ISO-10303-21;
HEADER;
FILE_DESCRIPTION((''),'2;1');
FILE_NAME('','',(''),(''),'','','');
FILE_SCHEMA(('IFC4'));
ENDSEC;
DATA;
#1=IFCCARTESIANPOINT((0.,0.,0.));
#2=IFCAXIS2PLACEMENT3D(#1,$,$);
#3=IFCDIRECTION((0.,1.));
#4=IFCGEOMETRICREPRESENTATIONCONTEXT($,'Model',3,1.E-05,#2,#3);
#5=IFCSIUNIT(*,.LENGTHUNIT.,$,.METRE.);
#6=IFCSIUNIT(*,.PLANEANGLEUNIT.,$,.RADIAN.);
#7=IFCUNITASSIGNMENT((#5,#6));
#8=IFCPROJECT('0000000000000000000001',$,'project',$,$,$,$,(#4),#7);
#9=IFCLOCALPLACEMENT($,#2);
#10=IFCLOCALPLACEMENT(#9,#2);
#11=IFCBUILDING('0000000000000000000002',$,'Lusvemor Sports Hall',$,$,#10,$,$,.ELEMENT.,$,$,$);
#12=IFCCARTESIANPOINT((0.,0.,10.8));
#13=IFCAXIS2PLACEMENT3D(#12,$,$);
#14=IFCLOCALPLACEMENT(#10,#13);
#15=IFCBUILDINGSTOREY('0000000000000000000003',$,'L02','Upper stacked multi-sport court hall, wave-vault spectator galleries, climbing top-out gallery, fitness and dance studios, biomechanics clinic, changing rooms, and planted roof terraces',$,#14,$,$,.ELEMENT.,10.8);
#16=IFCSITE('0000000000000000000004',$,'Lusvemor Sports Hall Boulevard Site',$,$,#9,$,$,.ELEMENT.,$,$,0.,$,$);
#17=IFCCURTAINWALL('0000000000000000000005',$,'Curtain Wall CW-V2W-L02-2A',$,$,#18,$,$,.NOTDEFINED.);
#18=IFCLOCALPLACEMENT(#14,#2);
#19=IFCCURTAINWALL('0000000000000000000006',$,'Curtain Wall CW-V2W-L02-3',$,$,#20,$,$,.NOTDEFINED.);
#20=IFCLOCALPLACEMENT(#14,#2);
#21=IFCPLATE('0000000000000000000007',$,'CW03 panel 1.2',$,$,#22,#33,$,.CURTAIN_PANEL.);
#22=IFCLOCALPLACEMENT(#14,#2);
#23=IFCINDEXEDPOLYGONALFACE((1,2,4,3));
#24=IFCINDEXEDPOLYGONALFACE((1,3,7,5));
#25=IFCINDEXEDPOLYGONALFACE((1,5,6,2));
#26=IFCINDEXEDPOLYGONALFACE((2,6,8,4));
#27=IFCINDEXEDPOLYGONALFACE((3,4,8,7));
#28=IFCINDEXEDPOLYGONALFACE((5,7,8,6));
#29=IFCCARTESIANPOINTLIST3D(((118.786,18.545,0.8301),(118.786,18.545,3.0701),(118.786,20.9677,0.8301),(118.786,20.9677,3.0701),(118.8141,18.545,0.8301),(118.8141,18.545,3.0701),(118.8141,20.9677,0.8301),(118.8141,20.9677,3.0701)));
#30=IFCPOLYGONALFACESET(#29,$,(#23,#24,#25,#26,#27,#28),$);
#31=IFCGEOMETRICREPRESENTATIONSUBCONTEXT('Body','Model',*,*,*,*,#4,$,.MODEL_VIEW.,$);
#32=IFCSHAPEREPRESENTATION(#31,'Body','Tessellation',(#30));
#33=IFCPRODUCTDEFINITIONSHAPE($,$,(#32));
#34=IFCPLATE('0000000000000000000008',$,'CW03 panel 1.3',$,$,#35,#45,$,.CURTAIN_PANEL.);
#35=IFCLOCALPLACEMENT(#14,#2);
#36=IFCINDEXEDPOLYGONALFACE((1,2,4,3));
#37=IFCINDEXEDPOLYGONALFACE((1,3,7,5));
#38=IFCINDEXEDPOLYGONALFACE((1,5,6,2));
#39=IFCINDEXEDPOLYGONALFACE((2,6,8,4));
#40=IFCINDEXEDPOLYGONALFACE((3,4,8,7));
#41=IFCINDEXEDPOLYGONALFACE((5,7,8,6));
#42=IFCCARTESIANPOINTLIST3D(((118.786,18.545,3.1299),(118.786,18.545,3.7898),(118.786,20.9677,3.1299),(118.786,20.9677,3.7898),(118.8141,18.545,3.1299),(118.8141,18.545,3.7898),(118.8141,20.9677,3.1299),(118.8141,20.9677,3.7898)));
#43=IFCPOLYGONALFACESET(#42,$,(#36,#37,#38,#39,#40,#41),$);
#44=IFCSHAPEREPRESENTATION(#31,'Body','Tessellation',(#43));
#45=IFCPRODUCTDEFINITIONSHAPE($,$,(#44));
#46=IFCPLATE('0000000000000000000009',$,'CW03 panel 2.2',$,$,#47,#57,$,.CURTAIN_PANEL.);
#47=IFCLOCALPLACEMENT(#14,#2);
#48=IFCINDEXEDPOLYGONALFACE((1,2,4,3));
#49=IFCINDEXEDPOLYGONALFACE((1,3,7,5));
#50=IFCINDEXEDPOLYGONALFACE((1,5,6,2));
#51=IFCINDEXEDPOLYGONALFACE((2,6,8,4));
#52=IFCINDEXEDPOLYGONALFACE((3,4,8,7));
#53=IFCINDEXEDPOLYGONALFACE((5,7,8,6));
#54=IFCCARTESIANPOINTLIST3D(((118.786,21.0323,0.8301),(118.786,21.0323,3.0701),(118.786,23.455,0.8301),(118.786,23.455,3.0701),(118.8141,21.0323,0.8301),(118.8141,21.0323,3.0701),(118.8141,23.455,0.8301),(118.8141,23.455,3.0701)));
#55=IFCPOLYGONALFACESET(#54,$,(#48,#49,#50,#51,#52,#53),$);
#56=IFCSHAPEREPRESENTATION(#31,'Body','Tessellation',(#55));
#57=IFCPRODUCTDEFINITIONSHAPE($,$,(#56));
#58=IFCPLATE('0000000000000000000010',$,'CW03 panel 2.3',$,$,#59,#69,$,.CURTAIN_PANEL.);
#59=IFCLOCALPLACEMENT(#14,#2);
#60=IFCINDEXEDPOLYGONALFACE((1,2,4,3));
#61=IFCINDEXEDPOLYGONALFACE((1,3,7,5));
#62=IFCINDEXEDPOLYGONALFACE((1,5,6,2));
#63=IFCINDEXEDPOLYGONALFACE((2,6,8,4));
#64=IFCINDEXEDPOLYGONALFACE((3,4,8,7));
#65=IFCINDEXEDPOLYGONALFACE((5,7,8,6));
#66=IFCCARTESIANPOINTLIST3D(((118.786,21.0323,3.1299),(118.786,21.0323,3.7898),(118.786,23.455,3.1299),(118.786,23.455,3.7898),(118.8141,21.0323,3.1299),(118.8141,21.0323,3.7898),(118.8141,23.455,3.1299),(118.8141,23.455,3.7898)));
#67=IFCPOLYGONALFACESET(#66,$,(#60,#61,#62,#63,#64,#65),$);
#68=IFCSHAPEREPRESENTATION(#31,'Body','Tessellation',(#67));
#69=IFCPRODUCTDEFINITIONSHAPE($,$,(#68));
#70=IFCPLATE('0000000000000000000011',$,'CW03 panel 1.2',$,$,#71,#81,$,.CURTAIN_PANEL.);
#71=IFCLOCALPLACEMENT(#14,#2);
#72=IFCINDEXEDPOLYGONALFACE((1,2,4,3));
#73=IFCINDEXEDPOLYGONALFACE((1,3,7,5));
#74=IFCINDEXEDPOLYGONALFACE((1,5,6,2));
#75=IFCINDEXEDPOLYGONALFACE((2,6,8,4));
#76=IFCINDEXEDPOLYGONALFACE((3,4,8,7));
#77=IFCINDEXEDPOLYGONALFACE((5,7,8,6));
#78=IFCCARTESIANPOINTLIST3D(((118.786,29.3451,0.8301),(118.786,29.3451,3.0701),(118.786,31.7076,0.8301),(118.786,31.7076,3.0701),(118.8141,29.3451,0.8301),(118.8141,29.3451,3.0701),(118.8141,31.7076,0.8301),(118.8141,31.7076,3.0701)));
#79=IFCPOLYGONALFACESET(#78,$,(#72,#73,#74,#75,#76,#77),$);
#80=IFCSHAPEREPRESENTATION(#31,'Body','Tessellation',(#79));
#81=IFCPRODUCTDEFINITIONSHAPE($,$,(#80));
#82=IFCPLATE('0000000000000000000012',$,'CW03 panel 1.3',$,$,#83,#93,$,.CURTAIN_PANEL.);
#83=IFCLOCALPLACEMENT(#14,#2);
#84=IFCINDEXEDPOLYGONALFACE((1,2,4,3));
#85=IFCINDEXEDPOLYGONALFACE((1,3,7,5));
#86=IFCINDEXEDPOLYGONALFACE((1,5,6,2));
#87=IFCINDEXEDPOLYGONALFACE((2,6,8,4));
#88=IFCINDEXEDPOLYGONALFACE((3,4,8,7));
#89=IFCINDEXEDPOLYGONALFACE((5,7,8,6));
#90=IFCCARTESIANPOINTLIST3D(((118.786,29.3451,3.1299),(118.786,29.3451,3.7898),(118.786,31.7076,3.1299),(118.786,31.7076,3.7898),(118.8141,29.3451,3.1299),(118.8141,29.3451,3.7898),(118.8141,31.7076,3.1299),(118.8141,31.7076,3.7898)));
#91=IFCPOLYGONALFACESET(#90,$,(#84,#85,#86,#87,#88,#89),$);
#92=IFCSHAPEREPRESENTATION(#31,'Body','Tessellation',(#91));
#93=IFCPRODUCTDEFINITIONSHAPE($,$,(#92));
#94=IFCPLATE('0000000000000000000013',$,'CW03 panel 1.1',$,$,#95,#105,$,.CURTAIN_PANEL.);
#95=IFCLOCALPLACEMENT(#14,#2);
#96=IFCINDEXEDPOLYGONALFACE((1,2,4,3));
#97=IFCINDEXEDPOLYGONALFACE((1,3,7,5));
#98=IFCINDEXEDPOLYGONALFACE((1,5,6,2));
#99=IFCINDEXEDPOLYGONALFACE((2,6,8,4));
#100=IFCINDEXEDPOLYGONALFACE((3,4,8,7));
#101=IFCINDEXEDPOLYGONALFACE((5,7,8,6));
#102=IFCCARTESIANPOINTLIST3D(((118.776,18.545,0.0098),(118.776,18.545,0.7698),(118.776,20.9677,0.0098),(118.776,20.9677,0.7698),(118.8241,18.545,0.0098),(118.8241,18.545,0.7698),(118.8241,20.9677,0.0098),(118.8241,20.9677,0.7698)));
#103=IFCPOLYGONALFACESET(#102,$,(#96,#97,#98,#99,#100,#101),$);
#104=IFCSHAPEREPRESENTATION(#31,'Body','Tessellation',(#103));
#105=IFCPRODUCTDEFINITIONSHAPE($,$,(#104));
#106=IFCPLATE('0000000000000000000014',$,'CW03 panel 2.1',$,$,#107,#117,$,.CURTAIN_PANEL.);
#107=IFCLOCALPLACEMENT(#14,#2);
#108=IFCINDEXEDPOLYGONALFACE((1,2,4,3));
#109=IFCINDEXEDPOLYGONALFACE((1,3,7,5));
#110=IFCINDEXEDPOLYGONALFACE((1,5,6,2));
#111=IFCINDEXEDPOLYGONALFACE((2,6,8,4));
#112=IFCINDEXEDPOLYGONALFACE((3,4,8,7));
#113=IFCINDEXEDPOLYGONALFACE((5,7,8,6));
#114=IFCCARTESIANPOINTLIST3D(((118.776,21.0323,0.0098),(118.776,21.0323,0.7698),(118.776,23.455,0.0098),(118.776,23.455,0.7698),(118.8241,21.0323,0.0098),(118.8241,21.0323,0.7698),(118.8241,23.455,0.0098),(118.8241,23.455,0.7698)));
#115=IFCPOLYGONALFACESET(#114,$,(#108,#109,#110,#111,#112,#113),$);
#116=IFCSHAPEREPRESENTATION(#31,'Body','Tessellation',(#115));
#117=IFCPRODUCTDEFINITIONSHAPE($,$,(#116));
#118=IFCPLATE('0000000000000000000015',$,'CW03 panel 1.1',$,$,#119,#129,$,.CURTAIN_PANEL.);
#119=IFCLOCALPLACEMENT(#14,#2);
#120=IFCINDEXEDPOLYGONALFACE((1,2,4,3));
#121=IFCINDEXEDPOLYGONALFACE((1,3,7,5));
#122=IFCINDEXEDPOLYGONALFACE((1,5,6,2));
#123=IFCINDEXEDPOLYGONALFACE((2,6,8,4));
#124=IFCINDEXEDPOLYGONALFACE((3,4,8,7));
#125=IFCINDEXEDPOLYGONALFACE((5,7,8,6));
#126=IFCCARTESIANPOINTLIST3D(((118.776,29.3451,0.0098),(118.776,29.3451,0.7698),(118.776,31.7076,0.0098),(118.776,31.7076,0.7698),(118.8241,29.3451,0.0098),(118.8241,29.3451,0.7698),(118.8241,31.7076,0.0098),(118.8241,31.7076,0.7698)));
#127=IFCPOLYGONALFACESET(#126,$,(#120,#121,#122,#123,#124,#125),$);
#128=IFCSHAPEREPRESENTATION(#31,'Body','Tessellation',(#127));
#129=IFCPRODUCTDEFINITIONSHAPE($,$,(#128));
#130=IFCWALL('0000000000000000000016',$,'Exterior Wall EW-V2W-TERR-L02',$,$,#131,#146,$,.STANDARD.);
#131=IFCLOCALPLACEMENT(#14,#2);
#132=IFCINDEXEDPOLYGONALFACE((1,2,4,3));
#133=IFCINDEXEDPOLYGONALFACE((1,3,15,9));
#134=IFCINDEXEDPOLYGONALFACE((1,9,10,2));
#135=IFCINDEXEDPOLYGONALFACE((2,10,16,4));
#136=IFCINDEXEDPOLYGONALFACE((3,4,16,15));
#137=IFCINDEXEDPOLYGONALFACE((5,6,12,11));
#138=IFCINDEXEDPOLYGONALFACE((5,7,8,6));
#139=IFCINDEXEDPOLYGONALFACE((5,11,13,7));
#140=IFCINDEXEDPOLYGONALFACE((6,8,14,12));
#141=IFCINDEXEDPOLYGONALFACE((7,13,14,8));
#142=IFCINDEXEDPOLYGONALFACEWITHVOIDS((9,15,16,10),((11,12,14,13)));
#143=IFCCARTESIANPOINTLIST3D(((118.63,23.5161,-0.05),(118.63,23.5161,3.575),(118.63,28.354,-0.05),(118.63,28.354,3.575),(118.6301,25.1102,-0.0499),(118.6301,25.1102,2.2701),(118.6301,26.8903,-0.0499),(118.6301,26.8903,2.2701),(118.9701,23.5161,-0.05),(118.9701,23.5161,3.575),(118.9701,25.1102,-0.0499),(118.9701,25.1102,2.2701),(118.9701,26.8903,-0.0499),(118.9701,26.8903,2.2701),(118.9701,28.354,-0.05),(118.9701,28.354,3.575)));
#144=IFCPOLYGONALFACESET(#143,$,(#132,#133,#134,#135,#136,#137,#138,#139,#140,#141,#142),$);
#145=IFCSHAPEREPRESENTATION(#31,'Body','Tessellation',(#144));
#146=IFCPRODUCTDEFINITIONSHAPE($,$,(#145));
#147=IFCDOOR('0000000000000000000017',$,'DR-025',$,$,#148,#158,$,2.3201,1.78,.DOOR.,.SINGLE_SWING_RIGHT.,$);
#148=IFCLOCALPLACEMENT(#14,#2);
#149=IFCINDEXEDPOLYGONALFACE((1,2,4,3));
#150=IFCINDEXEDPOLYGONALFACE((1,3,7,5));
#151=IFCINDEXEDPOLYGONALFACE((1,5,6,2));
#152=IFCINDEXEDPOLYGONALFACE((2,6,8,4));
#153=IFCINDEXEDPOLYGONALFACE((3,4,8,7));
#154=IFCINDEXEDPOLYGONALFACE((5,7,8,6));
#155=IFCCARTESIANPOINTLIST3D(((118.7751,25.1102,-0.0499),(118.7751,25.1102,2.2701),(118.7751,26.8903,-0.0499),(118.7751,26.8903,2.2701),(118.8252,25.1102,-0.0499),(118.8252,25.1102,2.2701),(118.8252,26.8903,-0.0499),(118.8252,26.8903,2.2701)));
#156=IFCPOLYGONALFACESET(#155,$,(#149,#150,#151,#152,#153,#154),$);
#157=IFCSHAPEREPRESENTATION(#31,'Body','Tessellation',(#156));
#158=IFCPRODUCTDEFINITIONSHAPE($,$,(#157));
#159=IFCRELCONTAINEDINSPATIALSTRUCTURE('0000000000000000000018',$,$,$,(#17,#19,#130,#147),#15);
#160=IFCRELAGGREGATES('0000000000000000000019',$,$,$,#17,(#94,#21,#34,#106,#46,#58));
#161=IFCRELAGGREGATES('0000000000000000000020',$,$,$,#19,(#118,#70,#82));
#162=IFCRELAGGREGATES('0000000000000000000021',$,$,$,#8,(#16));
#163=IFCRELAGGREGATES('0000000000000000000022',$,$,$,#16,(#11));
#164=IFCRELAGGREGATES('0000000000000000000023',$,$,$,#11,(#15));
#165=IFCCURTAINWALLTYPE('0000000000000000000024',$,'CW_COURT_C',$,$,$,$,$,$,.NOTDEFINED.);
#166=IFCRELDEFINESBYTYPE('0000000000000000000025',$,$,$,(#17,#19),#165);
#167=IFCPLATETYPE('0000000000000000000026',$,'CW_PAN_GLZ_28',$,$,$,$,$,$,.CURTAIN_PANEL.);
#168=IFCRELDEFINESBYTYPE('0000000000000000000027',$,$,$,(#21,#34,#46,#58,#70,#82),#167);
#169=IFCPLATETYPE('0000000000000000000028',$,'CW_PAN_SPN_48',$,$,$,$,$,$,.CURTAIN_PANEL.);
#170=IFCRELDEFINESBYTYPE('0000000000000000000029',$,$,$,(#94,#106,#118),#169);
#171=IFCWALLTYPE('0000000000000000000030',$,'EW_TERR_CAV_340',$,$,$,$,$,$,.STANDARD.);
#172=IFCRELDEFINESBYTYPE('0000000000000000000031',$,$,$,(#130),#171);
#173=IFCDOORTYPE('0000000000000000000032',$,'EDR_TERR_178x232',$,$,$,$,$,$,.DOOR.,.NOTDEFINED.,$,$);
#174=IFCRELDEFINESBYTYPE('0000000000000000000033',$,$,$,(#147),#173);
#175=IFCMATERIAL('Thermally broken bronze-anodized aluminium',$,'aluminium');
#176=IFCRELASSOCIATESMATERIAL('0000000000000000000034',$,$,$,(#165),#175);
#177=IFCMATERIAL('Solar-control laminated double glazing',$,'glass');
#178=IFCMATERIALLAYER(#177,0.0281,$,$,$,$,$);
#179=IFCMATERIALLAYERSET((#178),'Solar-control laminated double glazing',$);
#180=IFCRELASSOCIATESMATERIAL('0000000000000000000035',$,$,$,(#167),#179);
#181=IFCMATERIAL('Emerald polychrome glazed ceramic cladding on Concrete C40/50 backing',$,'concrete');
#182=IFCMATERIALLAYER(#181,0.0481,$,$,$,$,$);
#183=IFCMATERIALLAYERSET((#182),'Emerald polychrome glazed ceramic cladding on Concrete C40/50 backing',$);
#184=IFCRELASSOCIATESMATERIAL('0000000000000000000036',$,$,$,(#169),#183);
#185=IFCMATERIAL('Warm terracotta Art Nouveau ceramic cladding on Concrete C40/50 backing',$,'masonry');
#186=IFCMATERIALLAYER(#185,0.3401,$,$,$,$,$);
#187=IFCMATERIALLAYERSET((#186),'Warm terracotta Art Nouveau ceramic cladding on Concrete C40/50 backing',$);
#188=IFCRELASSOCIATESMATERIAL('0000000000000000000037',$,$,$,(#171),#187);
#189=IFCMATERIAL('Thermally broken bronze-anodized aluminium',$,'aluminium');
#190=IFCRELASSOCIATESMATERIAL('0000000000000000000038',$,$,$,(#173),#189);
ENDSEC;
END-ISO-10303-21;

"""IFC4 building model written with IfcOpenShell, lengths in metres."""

from ifc_helpers import new_model, si_unit, direction, frame, frame_2d, origin, origin_2d, place, context, subcontext, project, spatial, rectangle, extrude, material, layer, layer_set, type_object, element, fill, aggregate, save


model = new_model("IFC4")

# Units and contexts
model_context = context("Model", 3, precision=1e-05, world=origin(), true_north=direction((0.0, 1.0)))
body_context = subcontext(model_context, "Body", "Model", "MODEL_VIEW")
ifc_project = project(units=[si_unit("LENGTHUNIT", "METRE"), si_unit("PLANEANGLEUNIT", "RADIAN")], contexts=[model_context])

# Site, building, storey
site_placement = place(None, origin())
site = spatial("IfcSite", under=ifc_project, at=site_placement, Name="Lusvemor Sports Hall Boulevard Site", CompositionType="ELEMENT", RefElevation=0.0)
building_placement = place(site_placement, origin())
building = spatial("IfcBuilding", under=site, at=building_placement, Name="Lusvemor Sports Hall", CompositionType="ELEMENT")
storey_placement = place(building_placement, frame((0.0, 0.0, 10.8)))
storey = spatial("IfcBuildingStorey", under=building, at=storey_placement, Name="L02", Description="Upper stacked multi-sport court hall, wave-vault spectator galleries, climbing top-out gallery, fitness and dance studios, biomechanics clinic, changing rooms, and planted roof terraces", CompositionType="ELEMENT", Elevation=10.8)

# Curtain wall
ifc_material_1 = material(Name="Thermally broken bronze-anodized aluminium", Category="aluminium")
curtain_wall_type = type_object("IfcCurtainWallType", Name="CW_COURT_C", PredefinedType="NOTDEFINED", material=ifc_material_1)
curtain_wall_1_placement = place(storey_placement, origin())
curtain_wall_1 = element("IfcCurtainWall", 1, at=curtain_wall_1_placement, inside=storey, type_object=curtain_wall_type, Name="Curtain Wall CW-V2W-L02-2A", PredefinedType="NOTDEFINED")

# Curtain wall
curtain_wall_2_placement = place(storey_placement, origin())
curtain_wall_2 = element("IfcCurtainWall", 2, at=curtain_wall_2_placement, inside=storey, type_object=curtain_wall_type, Name="Curtain Wall CW-V2W-L02-3", PredefinedType="NOTDEFINED")

# Plates
ifc_material_2 = material(Name="Solar-control laminated double glazing", Category="glass")
ifc_layer_1 = layer(ifc_material_2, 0.0281)
ifc_layer_set_1 = layer_set([ifc_layer_1], Name="Solar-control laminated double glazing")
plate_type_1 = type_object("IfcPlateType", Name="CW_PAN_GLZ_28", PredefinedType="CURTAIN_PANEL", material=ifc_layer_set_1)
plate_1_placement = place(storey_placement, frame((118.8, 19.7563, 0.8301), z_axis=(0.0, 0.0, 1.0), x_axis=(0.0, 1.0, 0.0)))
plate_1 = element("IfcPlate", 3, at=plate_1_placement, type_object=plate_type_1, Name="CW03 panel 1.2", PredefinedType="CURTAIN_PANEL", context=body_context, shape_type="SweptSolid", body=[
    extrude(rectangle(XDim=2.4226, YDim=0.0281, at=origin_2d()), origin(), (0.0, 0.0, 1.0), 2.24),
])
plate_2_placement = place(storey_placement, frame((118.8, 19.7563, 3.1299), z_axis=(0.0, 0.0, 1.0), x_axis=(0.0, 1.0, 0.0)))
plate_2 = element("IfcPlate", 4, at=plate_2_placement, type_object=plate_type_1, Name="CW03 panel 1.3", PredefinedType="CURTAIN_PANEL", context=body_context, shape_type="SweptSolid", body=[
    extrude(rectangle(XDim=2.4226, YDim=0.0281, at=origin_2d()), origin(), (0.0, 0.0, 1.0), 0.6599),
])
plate_3_placement = place(storey_placement, frame((118.8, 22.2437, 0.8301), z_axis=(0.0, 0.0, 1.0), x_axis=(0.0, 1.0, 0.0)))
plate_3 = element("IfcPlate", 5, at=plate_3_placement, type_object=plate_type_1, Name="CW03 panel 2.2", PredefinedType="CURTAIN_PANEL", context=body_context, shape_type="SweptSolid", body=[
    extrude(rectangle(XDim=2.4226, YDim=0.0281, at=origin_2d()), origin(), (0.0, 0.0, 1.0), 2.24),
])
plate_4_placement = place(storey_placement, frame((118.8, 22.2437, 3.1299), z_axis=(0.0, 0.0, 1.0), x_axis=(0.0, 1.0, 0.0)))
plate_4 = element("IfcPlate", 6, at=plate_4_placement, type_object=plate_type_1, Name="CW03 panel 2.3", PredefinedType="CURTAIN_PANEL", context=body_context, shape_type="SweptSolid", body=[
    extrude(rectangle(XDim=2.4226, YDim=0.0281, at=origin_2d()), origin(), (0.0, 0.0, 1.0), 0.6599),
])
plate_5_placement = place(storey_placement, frame((118.8, 30.5264, 0.8301), z_axis=(0.0, 0.0, 1.0), x_axis=(0.0, 1.0, 0.0)))
plate_5 = element("IfcPlate", 7, at=plate_5_placement, type_object=plate_type_1, Name="CW03 panel 1.2", PredefinedType="CURTAIN_PANEL", context=body_context, shape_type="SweptSolid", body=[
    extrude(rectangle(XDim=2.3625, YDim=0.0281, at=origin_2d()), origin(), (0.0, 0.0, 1.0), 2.24),
])
plate_6_placement = place(storey_placement, frame((118.8, 30.5264, 3.1299), z_axis=(0.0, 0.0, 1.0), x_axis=(0.0, 1.0, 0.0)))
plate_6 = element("IfcPlate", 8, at=plate_6_placement, type_object=plate_type_1, Name="CW03 panel 1.3", PredefinedType="CURTAIN_PANEL", context=body_context, shape_type="SweptSolid", body=[
    extrude(rectangle(XDim=2.3625, YDim=0.0281, at=origin_2d()), origin(), (0.0, 0.0, 1.0), 0.6599),
])
ifc_material_3 = material(Name="Emerald polychrome glazed ceramic cladding on Concrete C40/50 backing", Category="concrete")
ifc_layer_2 = layer(ifc_material_3, 0.0481)
ifc_layer_set_2 = layer_set([ifc_layer_2], Name="Emerald polychrome glazed ceramic cladding on Concrete C40/50 backing")
plate_type_2 = type_object("IfcPlateType", Name="CW_PAN_SPN_48", PredefinedType="CURTAIN_PANEL", material=ifc_layer_set_2)
plate_7_placement = place(storey_placement, frame((118.8, 19.7563, 0.0098), z_axis=(0.0, 0.0, 1.0), x_axis=(0.0, 1.0, 0.0)))
plate_7 = element("IfcPlate", 9, at=plate_7_placement, type_object=plate_type_2, Name="CW03 panel 1.1", PredefinedType="CURTAIN_PANEL", context=body_context, shape_type="SweptSolid", body=[
    extrude(rectangle(XDim=2.4226, YDim=0.0481, at=origin_2d()), origin(), (0.0, 0.0, 1.0), 0.76),
])
plate_8_placement = place(storey_placement, frame((118.8, 22.2437, 0.0098), z_axis=(0.0, 0.0, 1.0), x_axis=(0.0, 1.0, 0.0)))
plate_8 = element("IfcPlate", 10, at=plate_8_placement, type_object=plate_type_2, Name="CW03 panel 2.1", PredefinedType="CURTAIN_PANEL", context=body_context, shape_type="SweptSolid", body=[
    extrude(rectangle(XDim=2.4226, YDim=0.0481, at=origin_2d()), origin(), (0.0, 0.0, 1.0), 0.76),
])
aggregate(curtain_wall_1, [plate_7, plate_1, plate_2, plate_8, plate_3, plate_4])
plate_9_placement = place(storey_placement, frame((118.8, 30.5264, 0.0098), z_axis=(0.0, 0.0, 1.0), x_axis=(0.0, 1.0, 0.0)))
plate_9 = element("IfcPlate", 11, at=plate_9_placement, type_object=plate_type_2, Name="CW03 panel 1.1", PredefinedType="CURTAIN_PANEL", context=body_context, shape_type="SweptSolid", body=[
    extrude(rectangle(XDim=2.3625, YDim=0.0481, at=origin_2d()), origin(), (0.0, 0.0, 1.0), 0.76),
])
aggregate(curtain_wall_2, [plate_9, plate_5, plate_6])

# Wall, opening, door
ifc_material_4 = material(Name="Warm terracotta Art Nouveau ceramic cladding on Concrete C40/50 backing", Category="masonry")
ifc_layer_3 = layer(ifc_material_4, 0.3401)
ifc_layer_set_3 = layer_set([ifc_layer_3], Name="Warm terracotta Art Nouveau ceramic cladding on Concrete C40/50 backing")
wall_type = type_object("IfcWallType", Name="EW_TERR_CAV_340", PredefinedType="STANDARD", material=ifc_layer_set_3)
wall_placement = place(storey_placement, frame((118.8, 23.5161, -0.05), z_axis=(0.0, 0.0, 1.0), x_axis=(0.0, 1.0, 0.0)))
wall = element("IfcWall", 12, at=wall_placement, inside=storey, type_object=wall_type, Name="Exterior Wall EW-V2W-TERR-L02", PredefinedType="STANDARD", context=body_context, shape_type="SweptSolid", body=[
    extrude(rectangle(XDim=4.8379, YDim=0.3401, at=frame_2d((2.4189, 0.0))), origin(), (0.0, 0.0, 1.0), 3.625),
])
opening_placement = place(wall_placement, frame((1.594, 0.0, 0.0)))
opening = element("IfcOpeningElement", 13, at=opening_placement, cuts=wall, PredefinedType="OPENING", context=body_context, shape_type="SweptSolid", body=[
    extrude(rectangle(XDim=1.78, YDim=2.3201, at=frame_2d((0.8901, 1.1602))), frame((0.0, 0.1699, 0.0), z_axis=(0.0, -1.0, 0.0), x_axis=(1.0, 0.0, 0.0)), (0.0, 0.0, 1.0), 0.3401),
])
ifc_material_5 = material(Name="Thermally broken bronze-anodized aluminium", Category="aluminium")
door_type = type_object("IfcDoorType", Name="EDR_TERR_178x232", OperationType="NOTDEFINED", PredefinedType="DOOR", material=ifc_material_5)
door_placement = place(opening_placement, origin())
door = element("IfcDoor", 14, at=door_placement, inside=storey, type_object=door_type, Name="DR-025", OperationType="SINGLE_SWING_RIGHT", OverallHeight=2.3201, OverallWidth=1.78, PredefinedType="DOOR", context=body_context, shape_type="SweptSolid", body=[
    extrude(rectangle(XDim=1.78, YDim=2.3201, at=frame_2d((0.8901, 1.1602))), frame((0.0, 0.0249, 0.0), z_axis=(0.0, -1.0, 0.0), x_axis=(1.0, 0.0, 0.0)), (0.0, 0.0, 1.0), 0.05),
])
fill(opening, door)

save(model, "model.ifc")
